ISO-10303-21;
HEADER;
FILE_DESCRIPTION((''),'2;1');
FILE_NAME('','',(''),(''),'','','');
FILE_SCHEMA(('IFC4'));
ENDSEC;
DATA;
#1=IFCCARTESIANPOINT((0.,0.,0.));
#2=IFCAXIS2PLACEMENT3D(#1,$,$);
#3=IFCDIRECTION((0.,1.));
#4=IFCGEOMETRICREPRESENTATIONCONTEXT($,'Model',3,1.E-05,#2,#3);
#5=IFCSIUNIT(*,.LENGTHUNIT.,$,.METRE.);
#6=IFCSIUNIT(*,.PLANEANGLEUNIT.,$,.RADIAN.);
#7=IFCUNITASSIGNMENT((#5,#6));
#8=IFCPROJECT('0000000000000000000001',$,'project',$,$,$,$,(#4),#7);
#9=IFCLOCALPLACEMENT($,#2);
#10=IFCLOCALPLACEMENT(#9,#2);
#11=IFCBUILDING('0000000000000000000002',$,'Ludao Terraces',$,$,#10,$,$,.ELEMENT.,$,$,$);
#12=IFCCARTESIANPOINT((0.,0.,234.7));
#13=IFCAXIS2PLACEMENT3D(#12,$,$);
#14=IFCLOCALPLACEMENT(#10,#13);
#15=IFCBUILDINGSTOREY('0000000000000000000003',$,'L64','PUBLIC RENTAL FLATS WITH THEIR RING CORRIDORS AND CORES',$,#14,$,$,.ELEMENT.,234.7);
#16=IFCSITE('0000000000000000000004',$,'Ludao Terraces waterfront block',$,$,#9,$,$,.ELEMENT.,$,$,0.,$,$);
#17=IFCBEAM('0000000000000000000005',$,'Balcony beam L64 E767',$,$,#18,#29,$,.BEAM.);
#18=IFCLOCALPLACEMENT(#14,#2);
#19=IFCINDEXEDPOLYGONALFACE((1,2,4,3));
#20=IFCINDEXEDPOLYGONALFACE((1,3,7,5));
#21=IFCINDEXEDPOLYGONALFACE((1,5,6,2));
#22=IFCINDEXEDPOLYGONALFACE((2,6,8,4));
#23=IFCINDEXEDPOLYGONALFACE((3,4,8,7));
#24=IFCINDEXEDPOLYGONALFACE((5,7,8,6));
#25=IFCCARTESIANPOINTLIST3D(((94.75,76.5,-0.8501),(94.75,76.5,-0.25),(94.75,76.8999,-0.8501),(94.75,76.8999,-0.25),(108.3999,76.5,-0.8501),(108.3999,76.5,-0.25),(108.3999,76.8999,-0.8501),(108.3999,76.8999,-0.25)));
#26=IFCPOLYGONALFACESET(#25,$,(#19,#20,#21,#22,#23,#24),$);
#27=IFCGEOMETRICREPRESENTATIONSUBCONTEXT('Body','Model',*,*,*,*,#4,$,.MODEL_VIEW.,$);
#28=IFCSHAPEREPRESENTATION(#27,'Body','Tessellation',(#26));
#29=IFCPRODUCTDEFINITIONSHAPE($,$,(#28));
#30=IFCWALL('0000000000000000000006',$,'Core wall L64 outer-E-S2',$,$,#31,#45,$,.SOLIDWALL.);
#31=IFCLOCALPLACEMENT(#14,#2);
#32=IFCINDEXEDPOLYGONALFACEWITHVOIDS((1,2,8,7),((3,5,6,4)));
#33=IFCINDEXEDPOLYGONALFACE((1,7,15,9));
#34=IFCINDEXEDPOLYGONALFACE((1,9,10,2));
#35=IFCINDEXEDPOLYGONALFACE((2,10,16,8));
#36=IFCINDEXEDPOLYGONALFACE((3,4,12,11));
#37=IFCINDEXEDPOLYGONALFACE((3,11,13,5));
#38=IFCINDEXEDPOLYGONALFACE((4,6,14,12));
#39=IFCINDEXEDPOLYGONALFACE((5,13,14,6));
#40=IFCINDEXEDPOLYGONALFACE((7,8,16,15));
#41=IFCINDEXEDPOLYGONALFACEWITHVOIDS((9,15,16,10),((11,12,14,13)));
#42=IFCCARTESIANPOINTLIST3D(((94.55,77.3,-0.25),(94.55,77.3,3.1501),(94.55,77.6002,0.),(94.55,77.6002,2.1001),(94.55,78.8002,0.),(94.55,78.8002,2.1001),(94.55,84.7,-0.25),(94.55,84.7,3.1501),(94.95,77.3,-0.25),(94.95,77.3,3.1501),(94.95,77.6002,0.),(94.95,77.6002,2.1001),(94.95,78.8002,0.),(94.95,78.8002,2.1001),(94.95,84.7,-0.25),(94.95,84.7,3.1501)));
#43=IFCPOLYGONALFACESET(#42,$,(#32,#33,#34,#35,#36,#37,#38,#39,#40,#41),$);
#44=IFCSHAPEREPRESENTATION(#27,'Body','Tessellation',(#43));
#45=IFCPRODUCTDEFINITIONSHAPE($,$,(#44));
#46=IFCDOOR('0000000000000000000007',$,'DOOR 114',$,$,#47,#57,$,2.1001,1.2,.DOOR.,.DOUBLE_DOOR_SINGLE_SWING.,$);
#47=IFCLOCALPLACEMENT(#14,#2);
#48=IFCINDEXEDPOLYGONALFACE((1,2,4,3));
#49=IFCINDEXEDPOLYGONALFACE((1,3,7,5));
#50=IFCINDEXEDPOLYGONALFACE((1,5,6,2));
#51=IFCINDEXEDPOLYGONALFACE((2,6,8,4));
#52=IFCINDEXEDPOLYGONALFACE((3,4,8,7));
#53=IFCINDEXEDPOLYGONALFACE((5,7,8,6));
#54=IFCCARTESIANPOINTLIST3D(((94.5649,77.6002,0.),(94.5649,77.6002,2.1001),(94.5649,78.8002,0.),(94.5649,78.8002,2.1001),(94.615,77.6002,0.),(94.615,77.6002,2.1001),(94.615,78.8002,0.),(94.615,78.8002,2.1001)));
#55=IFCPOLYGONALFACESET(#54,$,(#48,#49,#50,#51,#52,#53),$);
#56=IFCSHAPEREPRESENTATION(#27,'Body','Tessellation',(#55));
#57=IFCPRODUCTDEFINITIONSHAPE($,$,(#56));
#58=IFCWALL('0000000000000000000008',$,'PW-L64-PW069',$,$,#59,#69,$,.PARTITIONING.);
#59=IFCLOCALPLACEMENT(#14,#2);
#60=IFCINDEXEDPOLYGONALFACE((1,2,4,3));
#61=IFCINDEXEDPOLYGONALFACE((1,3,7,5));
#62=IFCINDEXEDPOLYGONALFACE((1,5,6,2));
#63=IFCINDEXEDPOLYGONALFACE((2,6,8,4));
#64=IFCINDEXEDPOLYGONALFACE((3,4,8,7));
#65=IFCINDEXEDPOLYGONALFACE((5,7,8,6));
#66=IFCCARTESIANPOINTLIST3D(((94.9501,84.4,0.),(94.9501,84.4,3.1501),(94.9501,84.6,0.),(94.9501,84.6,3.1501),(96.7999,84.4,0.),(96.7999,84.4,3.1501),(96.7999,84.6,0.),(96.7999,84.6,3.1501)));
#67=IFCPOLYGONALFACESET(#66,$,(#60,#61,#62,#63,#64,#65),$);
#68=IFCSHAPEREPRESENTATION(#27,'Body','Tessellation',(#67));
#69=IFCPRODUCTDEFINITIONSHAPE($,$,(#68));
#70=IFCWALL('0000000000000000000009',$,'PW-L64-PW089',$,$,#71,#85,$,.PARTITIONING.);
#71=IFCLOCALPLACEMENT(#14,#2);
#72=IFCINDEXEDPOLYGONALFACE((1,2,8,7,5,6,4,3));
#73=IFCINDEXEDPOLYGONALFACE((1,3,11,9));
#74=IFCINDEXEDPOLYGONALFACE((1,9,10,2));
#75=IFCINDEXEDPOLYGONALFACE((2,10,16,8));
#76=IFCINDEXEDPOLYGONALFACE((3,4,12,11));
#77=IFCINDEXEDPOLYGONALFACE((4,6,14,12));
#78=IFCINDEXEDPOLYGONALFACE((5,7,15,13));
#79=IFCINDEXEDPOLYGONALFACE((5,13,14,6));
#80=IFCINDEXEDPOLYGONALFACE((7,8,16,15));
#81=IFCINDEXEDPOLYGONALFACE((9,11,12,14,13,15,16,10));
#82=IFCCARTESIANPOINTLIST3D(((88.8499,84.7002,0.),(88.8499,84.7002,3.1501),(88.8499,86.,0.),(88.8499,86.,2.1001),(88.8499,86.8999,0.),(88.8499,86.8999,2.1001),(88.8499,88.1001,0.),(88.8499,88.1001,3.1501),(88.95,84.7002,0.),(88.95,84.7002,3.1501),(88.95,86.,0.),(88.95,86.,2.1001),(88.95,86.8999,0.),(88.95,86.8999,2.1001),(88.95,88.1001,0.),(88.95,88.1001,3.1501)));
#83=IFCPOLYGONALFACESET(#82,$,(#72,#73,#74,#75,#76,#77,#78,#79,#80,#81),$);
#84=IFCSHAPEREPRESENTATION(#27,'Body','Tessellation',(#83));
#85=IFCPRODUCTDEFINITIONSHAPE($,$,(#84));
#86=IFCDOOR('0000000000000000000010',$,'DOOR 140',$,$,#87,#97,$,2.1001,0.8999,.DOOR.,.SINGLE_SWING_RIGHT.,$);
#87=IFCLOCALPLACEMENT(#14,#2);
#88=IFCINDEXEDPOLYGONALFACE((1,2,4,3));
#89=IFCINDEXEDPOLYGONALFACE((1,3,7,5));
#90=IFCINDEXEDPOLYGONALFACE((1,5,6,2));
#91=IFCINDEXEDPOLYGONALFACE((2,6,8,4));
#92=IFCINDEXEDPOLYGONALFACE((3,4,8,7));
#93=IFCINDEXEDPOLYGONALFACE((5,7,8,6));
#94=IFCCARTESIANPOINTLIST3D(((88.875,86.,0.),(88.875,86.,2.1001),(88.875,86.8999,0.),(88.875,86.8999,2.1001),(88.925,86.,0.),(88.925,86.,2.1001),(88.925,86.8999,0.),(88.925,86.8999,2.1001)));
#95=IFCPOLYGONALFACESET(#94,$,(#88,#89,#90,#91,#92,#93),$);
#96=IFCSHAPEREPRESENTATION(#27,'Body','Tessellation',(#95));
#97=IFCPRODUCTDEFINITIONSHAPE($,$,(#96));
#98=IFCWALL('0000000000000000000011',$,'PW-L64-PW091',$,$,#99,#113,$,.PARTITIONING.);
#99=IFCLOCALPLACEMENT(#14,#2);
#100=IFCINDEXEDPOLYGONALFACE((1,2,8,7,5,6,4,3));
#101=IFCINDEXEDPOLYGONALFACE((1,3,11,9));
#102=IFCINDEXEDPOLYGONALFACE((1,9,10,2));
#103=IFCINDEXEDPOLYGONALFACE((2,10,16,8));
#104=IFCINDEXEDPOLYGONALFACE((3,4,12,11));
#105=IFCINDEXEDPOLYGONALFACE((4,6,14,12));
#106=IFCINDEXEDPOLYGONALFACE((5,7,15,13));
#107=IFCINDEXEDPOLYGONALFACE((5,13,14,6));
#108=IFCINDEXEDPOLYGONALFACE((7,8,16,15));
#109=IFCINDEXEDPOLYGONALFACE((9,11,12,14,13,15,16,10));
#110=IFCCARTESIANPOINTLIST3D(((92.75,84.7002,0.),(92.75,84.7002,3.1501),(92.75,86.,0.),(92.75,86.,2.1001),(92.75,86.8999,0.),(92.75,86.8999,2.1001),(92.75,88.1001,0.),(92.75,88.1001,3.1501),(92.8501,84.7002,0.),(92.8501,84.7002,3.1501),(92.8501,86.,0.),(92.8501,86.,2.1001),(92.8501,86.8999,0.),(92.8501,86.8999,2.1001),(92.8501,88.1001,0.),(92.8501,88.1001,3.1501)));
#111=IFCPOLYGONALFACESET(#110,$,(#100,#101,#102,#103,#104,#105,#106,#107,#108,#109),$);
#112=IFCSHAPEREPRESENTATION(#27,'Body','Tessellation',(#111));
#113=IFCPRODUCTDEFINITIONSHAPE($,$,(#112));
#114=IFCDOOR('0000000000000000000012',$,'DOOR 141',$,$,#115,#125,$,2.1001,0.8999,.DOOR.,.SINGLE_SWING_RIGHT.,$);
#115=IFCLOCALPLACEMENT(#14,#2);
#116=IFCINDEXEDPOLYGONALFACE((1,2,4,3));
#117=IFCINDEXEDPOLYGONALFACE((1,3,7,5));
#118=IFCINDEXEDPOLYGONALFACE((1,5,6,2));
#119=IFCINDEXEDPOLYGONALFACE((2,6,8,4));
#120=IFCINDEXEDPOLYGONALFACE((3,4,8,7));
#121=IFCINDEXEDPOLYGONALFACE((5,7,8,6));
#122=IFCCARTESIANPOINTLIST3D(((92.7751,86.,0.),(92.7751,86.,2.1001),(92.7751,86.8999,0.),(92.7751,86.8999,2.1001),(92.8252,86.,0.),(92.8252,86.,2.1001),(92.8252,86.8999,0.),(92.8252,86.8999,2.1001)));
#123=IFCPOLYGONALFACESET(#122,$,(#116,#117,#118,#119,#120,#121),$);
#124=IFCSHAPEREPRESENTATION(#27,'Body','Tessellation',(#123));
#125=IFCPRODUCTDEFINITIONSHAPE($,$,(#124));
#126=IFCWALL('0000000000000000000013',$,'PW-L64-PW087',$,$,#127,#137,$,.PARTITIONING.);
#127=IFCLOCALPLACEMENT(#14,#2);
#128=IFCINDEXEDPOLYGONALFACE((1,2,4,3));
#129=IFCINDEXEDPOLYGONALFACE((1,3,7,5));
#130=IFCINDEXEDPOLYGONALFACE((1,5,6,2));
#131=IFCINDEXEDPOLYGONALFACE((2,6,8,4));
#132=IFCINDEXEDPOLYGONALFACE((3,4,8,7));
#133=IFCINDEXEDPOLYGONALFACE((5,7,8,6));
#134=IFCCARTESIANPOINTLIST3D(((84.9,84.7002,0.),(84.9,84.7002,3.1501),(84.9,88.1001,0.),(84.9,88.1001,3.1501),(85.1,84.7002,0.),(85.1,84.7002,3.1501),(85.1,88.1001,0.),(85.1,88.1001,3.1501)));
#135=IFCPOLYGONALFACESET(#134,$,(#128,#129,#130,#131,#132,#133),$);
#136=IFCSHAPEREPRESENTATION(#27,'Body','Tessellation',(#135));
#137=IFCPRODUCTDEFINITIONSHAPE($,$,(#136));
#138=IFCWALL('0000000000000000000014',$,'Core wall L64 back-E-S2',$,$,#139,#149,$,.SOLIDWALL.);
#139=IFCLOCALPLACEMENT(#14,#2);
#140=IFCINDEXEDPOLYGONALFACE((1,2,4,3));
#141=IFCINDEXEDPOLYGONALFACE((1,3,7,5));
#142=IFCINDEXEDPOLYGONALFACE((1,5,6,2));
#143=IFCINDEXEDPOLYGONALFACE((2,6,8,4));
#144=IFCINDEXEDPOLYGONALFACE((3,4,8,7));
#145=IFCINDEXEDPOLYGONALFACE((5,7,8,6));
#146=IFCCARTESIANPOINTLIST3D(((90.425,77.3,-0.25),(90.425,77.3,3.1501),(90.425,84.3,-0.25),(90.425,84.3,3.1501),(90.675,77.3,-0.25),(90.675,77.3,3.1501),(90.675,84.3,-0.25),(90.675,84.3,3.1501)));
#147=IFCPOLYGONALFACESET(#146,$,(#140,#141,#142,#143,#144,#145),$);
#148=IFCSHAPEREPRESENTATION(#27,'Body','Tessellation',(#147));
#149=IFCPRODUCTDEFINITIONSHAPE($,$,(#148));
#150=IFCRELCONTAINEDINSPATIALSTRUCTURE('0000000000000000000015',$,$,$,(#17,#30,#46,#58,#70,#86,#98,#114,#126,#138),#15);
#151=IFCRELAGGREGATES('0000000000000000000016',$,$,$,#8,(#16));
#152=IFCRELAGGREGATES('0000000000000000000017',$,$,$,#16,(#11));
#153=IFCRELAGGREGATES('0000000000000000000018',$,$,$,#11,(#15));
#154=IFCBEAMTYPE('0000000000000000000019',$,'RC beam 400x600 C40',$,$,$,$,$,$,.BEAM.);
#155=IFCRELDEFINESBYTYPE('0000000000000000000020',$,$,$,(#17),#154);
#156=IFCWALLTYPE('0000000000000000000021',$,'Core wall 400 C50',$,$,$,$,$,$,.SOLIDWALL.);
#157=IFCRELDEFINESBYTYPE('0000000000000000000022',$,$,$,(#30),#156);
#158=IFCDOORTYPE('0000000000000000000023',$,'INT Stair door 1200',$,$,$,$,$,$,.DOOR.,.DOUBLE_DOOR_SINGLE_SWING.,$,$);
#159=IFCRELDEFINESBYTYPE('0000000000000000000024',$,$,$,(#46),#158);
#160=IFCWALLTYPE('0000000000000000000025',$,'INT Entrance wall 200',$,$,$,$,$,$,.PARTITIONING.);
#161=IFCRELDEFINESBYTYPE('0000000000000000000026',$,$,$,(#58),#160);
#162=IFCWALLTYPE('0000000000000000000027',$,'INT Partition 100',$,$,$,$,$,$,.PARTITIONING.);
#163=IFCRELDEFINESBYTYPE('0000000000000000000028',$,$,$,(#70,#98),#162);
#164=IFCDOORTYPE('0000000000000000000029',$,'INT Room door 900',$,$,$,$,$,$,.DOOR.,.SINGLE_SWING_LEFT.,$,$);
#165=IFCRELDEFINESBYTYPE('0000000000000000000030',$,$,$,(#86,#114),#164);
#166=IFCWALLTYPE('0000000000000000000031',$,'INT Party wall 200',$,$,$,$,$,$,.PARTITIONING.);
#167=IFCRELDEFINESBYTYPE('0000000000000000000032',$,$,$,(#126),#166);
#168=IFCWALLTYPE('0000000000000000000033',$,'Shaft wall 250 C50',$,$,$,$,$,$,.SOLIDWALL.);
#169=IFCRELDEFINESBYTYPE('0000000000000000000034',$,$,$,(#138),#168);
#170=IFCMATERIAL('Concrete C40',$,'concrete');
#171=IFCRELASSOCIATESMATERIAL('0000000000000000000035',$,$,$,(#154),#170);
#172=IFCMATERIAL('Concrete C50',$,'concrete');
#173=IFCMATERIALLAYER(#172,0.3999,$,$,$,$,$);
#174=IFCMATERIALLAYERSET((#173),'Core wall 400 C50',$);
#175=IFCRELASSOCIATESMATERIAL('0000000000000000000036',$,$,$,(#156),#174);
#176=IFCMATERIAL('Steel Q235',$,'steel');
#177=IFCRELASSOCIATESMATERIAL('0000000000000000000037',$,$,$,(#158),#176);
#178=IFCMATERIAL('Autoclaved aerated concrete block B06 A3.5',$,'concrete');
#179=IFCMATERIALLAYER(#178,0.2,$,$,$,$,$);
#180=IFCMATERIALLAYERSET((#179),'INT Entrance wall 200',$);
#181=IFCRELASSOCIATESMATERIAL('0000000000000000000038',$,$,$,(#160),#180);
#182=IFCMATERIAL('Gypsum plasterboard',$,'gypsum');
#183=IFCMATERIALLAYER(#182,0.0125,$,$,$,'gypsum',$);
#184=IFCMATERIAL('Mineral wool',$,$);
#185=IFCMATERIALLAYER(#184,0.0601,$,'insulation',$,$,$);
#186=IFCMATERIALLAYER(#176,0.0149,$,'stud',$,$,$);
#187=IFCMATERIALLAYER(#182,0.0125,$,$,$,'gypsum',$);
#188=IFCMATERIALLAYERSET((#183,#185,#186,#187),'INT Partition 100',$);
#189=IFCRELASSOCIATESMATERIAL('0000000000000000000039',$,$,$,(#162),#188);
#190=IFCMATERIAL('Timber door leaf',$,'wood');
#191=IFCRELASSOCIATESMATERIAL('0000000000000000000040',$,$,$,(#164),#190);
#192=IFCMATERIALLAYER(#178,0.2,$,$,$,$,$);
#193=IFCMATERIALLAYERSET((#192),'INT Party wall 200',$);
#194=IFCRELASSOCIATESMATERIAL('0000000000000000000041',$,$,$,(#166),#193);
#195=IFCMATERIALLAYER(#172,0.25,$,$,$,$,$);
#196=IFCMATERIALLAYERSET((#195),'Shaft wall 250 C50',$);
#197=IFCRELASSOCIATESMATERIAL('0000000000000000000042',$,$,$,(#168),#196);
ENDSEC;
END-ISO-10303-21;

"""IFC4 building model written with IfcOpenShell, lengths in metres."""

from ifc_helpers import new_model, si_unit, direction, frame, frame_2d, origin, origin_2d, place, context, subcontext, project, spatial, rectangle, extrude, material, layer, layer_set, material_profile, profile_set, type_object, element, fill, save


model = new_model("IFC4")

# Units and contexts
model_context = context("Model", 3, precision=1e-05, world=origin(), true_north=direction((0.0, 1.0)))
body_context = subcontext(model_context, "Body", "Model", "MODEL_VIEW")
ifc_project = project(units=[si_unit("LENGTHUNIT", "METRE"), si_unit("PLANEANGLEUNIT", "RADIAN")], contexts=[model_context])

# Site, building, storey
site_placement = place(None, origin())
site = spatial("IfcSite", under=ifc_project, at=site_placement, Name="Ludao Terraces waterfront block", CompositionType="ELEMENT", RefElevation=0.0)
building_placement = place(site_placement, origin())
building = spatial("IfcBuilding", under=site, at=building_placement, Name="Ludao Terraces", CompositionType="ELEMENT")
storey_placement = place(building_placement, frame((0.0, 0.0, 234.7)))
storey = spatial("IfcBuildingStorey", under=building, at=storey_placement, Name="L64", Description="PUBLIC RENTAL FLATS WITH THEIR RING CORRIDORS AND CORES", CompositionType="ELEMENT", Elevation=234.7)

# Beam
ifc_material_1 = material(Name="Concrete C40", Category="concrete")
ifc_material_profile = material_profile(ifc_material_1, rectangle(XDim=0.3999, YDim=0.6001, at=origin_2d()), Name="400 X 600")
ifc_profile_set = profile_set([ifc_material_profile], Name="Concrete C40")
beam_type = type_object("IfcBeamType", Name="RC beam 400x600 C40", PredefinedType="BEAM", material=ifc_profile_set)
beam_placement = place(storey_placement, frame((94.75, 76.7, -0.55), z_axis=(1.0, 0.0, 0.0), x_axis=(0.0, 1.0, 0.0)))
element("IfcBeam", 1, at=beam_placement, inside=storey, type_object=beam_type, Name="Balcony beam L64 E767", PredefinedType="BEAM", context=body_context, shape_type="SweptSolid", body=[
    extrude(rectangle(XDim=0.3999, YDim=0.6001, at=origin_2d()), origin(), (0.0, 0.0, 1.0), 13.6499),
])

# Wall, opening, door
ifc_material_2 = material(Name="Concrete C50", Category="concrete")
ifc_layer_1 = layer(ifc_material_2, 0.3999)
ifc_layer_set_1 = layer_set([ifc_layer_1], Name="Core wall 400 C50")
wall_type_1 = type_object("IfcWallType", Name="Core wall 400 C50", PredefinedType="SOLIDWALL", material=ifc_layer_set_1)
wall_1_placement = place(storey_placement, frame((94.75, 77.3, -0.25), z_axis=(0.0, 0.0, 1.0), x_axis=(0.0, 1.0, 0.0)))
wall_1 = element("IfcWall", 2, at=wall_1_placement, inside=storey, type_object=wall_type_1, Name="Core wall L64 outer-E-S2", PredefinedType="SOLIDWALL", context=body_context, shape_type="SweptSolid", body=[
    extrude(rectangle(XDim=7.3999, YDim=0.3999, at=frame_2d((3.7, 0.0))), origin(), (0.0, 0.0, 1.0), 3.4001),
])
opening_1_placement = place(wall_1_placement, frame((0.3, 0.0, 0.25)))
opening_1 = element("IfcOpeningElement", 3, at=opening_1_placement, cuts=wall_1, PredefinedType="OPENING", context=body_context, shape_type="SweptSolid", body=[
    extrude(rectangle(XDim=1.2, YDim=2.1001, at=frame_2d((0.6001, 1.05))), frame((0.0, 0.21, 0.0), z_axis=(0.0, -1.0, 0.0), x_axis=(1.0, 0.0, 0.0)), (0.0, 0.0, 1.0), 0.4199),
])
ifc_material_3 = material(Name="Steel Q235", Category="steel")
door_type_1 = type_object("IfcDoorType", Name="INT Stair door 1200", OperationType="DOUBLE_DOOR_SINGLE_SWING", PredefinedType="DOOR", material=ifc_material_3)
door_1_placement = place(opening_1_placement, origin())
door_1 = element("IfcDoor", 4, at=door_1_placement, inside=storey, type_object=door_type_1, Name="DOOR 114", OperationType="DOUBLE_DOOR_SINGLE_SWING", OverallHeight=2.1001, OverallWidth=1.2, PredefinedType="DOOR", context=body_context, shape_type="SweptSolid", body=[
    extrude(rectangle(XDim=1.2, YDim=2.1001, at=frame_2d((0.6001, 1.05))), frame((0.0, 0.1851, 0.0), z_axis=(0.0, -1.0, 0.0), x_axis=(1.0, 0.0, 0.0)), (0.0, 0.0, 1.0), 0.05),
])
fill(opening_1, door_1)

# Wall
ifc_material_4 = material(Name="Autoclaved aerated concrete block B06 A3.5", Category="concrete")
ifc_layer_2 = layer(ifc_material_4, 0.2)
ifc_layer_set_2 = layer_set([ifc_layer_2], Name="INT Entrance wall 200")
wall_type_2 = type_object("IfcWallType", Name="INT Entrance wall 200", PredefinedType="PARTITIONING", material=ifc_layer_set_2)
wall_2_placement = place(storey_placement, frame((94.9502, 84.5, 0.0), z_axis=(0.0, 0.0, 1.0), x_axis=(1.0, 0.0, 0.0)))
element("IfcWall", 5, at=wall_2_placement, inside=storey, type_object=wall_type_2, Name="PW-L64-PW069", PredefinedType="PARTITIONING", context=body_context, shape_type="SweptSolid", body=[
    extrude(rectangle(XDim=1.8499, YDim=0.2, at=frame_2d((0.9248, 0.0))), origin(), (0.0, 0.0, 1.0), 3.1501),
])

# Walls, openings, doors
ifc_material_5 = material(Name="Gypsum plasterboard", Category="gypsum")
ifc_layer_3 = layer(ifc_material_5, 0.0125, Category="gypsum")
ifc_material_6 = material(Name="Mineral wool")
ifc_layer_4 = layer(ifc_material_6, 0.0601, Name="insulation")
ifc_layer_5 = layer(ifc_material_3, 0.0149, Name="stud")
ifc_layer_6 = layer(ifc_material_5, 0.0125, Category="gypsum")
ifc_layer_set_3 = layer_set([ifc_layer_3, ifc_layer_4, ifc_layer_5, ifc_layer_6], Name="INT Partition 100")
wall_type_3 = type_object("IfcWallType", Name="INT Partition 100", PredefinedType="PARTITIONING", material=ifc_layer_set_3)
wall_3_placement = place(storey_placement, frame((88.8999, 84.7002, 0.0), z_axis=(0.0, 0.0, 1.0), x_axis=(0.0, 1.0, 0.0)))
wall_3 = element("IfcWall", 6, at=wall_3_placement, inside=storey, type_object=wall_type_3, Name="PW-L64-PW089", PredefinedType="PARTITIONING", context=body_context, shape_type="SweptSolid", body=[
    extrude(rectangle(XDim=3.3999, YDim=0.1001, at=frame_2d((1.7, 0.0))), origin(), (0.0, 0.0, 1.0), 3.1501),
])
opening_2_placement = place(wall_3_placement, frame((1.2998, 0.0, 0.0)))
opening_2 = element("IfcOpeningElement", 7, at=opening_2_placement, cuts=wall_3, PredefinedType="OPENING", context=body_context, shape_type="SweptSolid", body=[
    extrude(rectangle(XDim=0.8999, YDim=2.1001, at=frame_2d((0.45, 1.05))), frame((0.0, 0.0601, 0.0), z_axis=(0.0, -1.0, 0.0), x_axis=(1.0, 0.0, 0.0)), (0.0, 0.0, 1.0), 0.1201),
])
ifc_material_7 = material(Name="Timber door leaf", Category="wood")
door_type_2 = type_object("IfcDoorType", Name="INT Room door 900", OperationType="SINGLE_SWING_LEFT", PredefinedType="DOOR", material=ifc_material_7)
door_2_placement = place(opening_2_placement, origin())
door_2 = element("IfcDoor", 8, at=door_2_placement, inside=storey, type_object=door_type_2, Name="DOOR 140", OperationType="SINGLE_SWING_RIGHT", OverallHeight=2.1001, OverallWidth=0.8999, PredefinedType="DOOR", context=body_context, shape_type="SweptSolid", body=[
    extrude(rectangle(XDim=0.8999, YDim=2.1001, at=frame_2d((0.45, 1.05))), frame((0.0, 0.0249, 0.0), z_axis=(0.0, -1.0, 0.0), x_axis=(1.0, 0.0, 0.0)), (0.0, 0.0, 1.0), 0.05),
])
fill(opening_2, door_2)
wall_4_placement = place(storey_placement, frame((92.8, 84.7002, 0.0), z_axis=(0.0, 0.0, 1.0), x_axis=(0.0, 1.0, 0.0)))
wall_4 = element("IfcWall", 9, at=wall_4_placement, inside=storey, type_object=wall_type_3, Name="PW-L64-PW091", PredefinedType="PARTITIONING", context=body_context, shape_type="SweptSolid", body=[
    extrude(rectangle(XDim=3.3999, YDim=0.1001, at=frame_2d((1.7, 0.0))), origin(), (0.0, 0.0, 1.0), 3.1501),
])
opening_3_placement = place(wall_4_placement, frame((1.2998, 0.0, 0.0)))
opening_3 = element("IfcOpeningElement", 10, at=opening_3_placement, cuts=wall_4, PredefinedType="OPENING", context=body_context, shape_type="SweptSolid", body=[
    extrude(rectangle(XDim=0.8999, YDim=2.1001, at=frame_2d((0.45, 1.05))), frame((0.0, 0.0601, 0.0), z_axis=(0.0, -1.0, 0.0), x_axis=(1.0, 0.0, 0.0)), (0.0, 0.0, 1.0), 0.1201),
])
door_3_placement = place(opening_3_placement, origin())
door_3 = element("IfcDoor", 11, at=door_3_placement, inside=storey, type_object=door_type_2, Name="DOOR 141", OperationType="SINGLE_SWING_RIGHT", OverallHeight=2.1001, OverallWidth=0.8999, PredefinedType="DOOR", context=body_context, shape_type="SweptSolid", body=[
    extrude(rectangle(XDim=0.8999, YDim=2.1001, at=frame_2d((0.45, 1.05))), frame((0.0, 0.0249, 0.0), z_axis=(0.0, -1.0, 0.0), x_axis=(1.0, 0.0, 0.0)), (0.0, 0.0, 1.0), 0.05),
])
fill(opening_3, door_3)

# Walls
ifc_layer_7 = layer(ifc_material_4, 0.2)
ifc_layer_set_4 = layer_set([ifc_layer_7], Name="INT Party wall 200")
wall_type_4 = type_object("IfcWallType", Name="INT Party wall 200", PredefinedType="PARTITIONING", material=ifc_layer_set_4)
wall_5_placement = place(storey_placement, frame((85.0, 84.7002, 0.0), z_axis=(0.0, 0.0, 1.0), x_axis=(0.0, 1.0, 0.0)))
element("IfcWall", 12, at=wall_5_placement, inside=storey, type_object=wall_type_4, Name="PW-L64-PW087", PredefinedType="PARTITIONING", context=body_context, shape_type="SweptSolid", body=[
    extrude(rectangle(XDim=3.3999, YDim=0.2, at=frame_2d((1.7, 0.0))), origin(), (0.0, 0.0, 1.0), 3.1501),
])
ifc_layer_8 = layer(ifc_material_2, 0.25)
ifc_layer_set_5 = layer_set([ifc_layer_8], Name="Shaft wall 250 C50")
wall_type_5 = type_object("IfcWallType", Name="Shaft wall 250 C50", PredefinedType="SOLIDWALL", material=ifc_layer_set_5)
wall_6_placement = place(storey_placement, frame((90.55, 77.3, -0.25), z_axis=(0.0, 0.0, 1.0), x_axis=(0.0, 1.0, 0.0)))
element("IfcWall", 13, at=wall_6_placement, inside=storey, type_object=wall_type_5, Name="Core wall L64 back-E-S2", PredefinedType="SOLIDWALL", context=body_context, shape_type="SweptSolid", body=[
    extrude(rectangle(XDim=7.0, YDim=0.25, at=frame_2d((3.5, 0.0))), origin(), (0.0, 0.0, 1.0), 3.4001),
])

save(model, "model.ifc")
